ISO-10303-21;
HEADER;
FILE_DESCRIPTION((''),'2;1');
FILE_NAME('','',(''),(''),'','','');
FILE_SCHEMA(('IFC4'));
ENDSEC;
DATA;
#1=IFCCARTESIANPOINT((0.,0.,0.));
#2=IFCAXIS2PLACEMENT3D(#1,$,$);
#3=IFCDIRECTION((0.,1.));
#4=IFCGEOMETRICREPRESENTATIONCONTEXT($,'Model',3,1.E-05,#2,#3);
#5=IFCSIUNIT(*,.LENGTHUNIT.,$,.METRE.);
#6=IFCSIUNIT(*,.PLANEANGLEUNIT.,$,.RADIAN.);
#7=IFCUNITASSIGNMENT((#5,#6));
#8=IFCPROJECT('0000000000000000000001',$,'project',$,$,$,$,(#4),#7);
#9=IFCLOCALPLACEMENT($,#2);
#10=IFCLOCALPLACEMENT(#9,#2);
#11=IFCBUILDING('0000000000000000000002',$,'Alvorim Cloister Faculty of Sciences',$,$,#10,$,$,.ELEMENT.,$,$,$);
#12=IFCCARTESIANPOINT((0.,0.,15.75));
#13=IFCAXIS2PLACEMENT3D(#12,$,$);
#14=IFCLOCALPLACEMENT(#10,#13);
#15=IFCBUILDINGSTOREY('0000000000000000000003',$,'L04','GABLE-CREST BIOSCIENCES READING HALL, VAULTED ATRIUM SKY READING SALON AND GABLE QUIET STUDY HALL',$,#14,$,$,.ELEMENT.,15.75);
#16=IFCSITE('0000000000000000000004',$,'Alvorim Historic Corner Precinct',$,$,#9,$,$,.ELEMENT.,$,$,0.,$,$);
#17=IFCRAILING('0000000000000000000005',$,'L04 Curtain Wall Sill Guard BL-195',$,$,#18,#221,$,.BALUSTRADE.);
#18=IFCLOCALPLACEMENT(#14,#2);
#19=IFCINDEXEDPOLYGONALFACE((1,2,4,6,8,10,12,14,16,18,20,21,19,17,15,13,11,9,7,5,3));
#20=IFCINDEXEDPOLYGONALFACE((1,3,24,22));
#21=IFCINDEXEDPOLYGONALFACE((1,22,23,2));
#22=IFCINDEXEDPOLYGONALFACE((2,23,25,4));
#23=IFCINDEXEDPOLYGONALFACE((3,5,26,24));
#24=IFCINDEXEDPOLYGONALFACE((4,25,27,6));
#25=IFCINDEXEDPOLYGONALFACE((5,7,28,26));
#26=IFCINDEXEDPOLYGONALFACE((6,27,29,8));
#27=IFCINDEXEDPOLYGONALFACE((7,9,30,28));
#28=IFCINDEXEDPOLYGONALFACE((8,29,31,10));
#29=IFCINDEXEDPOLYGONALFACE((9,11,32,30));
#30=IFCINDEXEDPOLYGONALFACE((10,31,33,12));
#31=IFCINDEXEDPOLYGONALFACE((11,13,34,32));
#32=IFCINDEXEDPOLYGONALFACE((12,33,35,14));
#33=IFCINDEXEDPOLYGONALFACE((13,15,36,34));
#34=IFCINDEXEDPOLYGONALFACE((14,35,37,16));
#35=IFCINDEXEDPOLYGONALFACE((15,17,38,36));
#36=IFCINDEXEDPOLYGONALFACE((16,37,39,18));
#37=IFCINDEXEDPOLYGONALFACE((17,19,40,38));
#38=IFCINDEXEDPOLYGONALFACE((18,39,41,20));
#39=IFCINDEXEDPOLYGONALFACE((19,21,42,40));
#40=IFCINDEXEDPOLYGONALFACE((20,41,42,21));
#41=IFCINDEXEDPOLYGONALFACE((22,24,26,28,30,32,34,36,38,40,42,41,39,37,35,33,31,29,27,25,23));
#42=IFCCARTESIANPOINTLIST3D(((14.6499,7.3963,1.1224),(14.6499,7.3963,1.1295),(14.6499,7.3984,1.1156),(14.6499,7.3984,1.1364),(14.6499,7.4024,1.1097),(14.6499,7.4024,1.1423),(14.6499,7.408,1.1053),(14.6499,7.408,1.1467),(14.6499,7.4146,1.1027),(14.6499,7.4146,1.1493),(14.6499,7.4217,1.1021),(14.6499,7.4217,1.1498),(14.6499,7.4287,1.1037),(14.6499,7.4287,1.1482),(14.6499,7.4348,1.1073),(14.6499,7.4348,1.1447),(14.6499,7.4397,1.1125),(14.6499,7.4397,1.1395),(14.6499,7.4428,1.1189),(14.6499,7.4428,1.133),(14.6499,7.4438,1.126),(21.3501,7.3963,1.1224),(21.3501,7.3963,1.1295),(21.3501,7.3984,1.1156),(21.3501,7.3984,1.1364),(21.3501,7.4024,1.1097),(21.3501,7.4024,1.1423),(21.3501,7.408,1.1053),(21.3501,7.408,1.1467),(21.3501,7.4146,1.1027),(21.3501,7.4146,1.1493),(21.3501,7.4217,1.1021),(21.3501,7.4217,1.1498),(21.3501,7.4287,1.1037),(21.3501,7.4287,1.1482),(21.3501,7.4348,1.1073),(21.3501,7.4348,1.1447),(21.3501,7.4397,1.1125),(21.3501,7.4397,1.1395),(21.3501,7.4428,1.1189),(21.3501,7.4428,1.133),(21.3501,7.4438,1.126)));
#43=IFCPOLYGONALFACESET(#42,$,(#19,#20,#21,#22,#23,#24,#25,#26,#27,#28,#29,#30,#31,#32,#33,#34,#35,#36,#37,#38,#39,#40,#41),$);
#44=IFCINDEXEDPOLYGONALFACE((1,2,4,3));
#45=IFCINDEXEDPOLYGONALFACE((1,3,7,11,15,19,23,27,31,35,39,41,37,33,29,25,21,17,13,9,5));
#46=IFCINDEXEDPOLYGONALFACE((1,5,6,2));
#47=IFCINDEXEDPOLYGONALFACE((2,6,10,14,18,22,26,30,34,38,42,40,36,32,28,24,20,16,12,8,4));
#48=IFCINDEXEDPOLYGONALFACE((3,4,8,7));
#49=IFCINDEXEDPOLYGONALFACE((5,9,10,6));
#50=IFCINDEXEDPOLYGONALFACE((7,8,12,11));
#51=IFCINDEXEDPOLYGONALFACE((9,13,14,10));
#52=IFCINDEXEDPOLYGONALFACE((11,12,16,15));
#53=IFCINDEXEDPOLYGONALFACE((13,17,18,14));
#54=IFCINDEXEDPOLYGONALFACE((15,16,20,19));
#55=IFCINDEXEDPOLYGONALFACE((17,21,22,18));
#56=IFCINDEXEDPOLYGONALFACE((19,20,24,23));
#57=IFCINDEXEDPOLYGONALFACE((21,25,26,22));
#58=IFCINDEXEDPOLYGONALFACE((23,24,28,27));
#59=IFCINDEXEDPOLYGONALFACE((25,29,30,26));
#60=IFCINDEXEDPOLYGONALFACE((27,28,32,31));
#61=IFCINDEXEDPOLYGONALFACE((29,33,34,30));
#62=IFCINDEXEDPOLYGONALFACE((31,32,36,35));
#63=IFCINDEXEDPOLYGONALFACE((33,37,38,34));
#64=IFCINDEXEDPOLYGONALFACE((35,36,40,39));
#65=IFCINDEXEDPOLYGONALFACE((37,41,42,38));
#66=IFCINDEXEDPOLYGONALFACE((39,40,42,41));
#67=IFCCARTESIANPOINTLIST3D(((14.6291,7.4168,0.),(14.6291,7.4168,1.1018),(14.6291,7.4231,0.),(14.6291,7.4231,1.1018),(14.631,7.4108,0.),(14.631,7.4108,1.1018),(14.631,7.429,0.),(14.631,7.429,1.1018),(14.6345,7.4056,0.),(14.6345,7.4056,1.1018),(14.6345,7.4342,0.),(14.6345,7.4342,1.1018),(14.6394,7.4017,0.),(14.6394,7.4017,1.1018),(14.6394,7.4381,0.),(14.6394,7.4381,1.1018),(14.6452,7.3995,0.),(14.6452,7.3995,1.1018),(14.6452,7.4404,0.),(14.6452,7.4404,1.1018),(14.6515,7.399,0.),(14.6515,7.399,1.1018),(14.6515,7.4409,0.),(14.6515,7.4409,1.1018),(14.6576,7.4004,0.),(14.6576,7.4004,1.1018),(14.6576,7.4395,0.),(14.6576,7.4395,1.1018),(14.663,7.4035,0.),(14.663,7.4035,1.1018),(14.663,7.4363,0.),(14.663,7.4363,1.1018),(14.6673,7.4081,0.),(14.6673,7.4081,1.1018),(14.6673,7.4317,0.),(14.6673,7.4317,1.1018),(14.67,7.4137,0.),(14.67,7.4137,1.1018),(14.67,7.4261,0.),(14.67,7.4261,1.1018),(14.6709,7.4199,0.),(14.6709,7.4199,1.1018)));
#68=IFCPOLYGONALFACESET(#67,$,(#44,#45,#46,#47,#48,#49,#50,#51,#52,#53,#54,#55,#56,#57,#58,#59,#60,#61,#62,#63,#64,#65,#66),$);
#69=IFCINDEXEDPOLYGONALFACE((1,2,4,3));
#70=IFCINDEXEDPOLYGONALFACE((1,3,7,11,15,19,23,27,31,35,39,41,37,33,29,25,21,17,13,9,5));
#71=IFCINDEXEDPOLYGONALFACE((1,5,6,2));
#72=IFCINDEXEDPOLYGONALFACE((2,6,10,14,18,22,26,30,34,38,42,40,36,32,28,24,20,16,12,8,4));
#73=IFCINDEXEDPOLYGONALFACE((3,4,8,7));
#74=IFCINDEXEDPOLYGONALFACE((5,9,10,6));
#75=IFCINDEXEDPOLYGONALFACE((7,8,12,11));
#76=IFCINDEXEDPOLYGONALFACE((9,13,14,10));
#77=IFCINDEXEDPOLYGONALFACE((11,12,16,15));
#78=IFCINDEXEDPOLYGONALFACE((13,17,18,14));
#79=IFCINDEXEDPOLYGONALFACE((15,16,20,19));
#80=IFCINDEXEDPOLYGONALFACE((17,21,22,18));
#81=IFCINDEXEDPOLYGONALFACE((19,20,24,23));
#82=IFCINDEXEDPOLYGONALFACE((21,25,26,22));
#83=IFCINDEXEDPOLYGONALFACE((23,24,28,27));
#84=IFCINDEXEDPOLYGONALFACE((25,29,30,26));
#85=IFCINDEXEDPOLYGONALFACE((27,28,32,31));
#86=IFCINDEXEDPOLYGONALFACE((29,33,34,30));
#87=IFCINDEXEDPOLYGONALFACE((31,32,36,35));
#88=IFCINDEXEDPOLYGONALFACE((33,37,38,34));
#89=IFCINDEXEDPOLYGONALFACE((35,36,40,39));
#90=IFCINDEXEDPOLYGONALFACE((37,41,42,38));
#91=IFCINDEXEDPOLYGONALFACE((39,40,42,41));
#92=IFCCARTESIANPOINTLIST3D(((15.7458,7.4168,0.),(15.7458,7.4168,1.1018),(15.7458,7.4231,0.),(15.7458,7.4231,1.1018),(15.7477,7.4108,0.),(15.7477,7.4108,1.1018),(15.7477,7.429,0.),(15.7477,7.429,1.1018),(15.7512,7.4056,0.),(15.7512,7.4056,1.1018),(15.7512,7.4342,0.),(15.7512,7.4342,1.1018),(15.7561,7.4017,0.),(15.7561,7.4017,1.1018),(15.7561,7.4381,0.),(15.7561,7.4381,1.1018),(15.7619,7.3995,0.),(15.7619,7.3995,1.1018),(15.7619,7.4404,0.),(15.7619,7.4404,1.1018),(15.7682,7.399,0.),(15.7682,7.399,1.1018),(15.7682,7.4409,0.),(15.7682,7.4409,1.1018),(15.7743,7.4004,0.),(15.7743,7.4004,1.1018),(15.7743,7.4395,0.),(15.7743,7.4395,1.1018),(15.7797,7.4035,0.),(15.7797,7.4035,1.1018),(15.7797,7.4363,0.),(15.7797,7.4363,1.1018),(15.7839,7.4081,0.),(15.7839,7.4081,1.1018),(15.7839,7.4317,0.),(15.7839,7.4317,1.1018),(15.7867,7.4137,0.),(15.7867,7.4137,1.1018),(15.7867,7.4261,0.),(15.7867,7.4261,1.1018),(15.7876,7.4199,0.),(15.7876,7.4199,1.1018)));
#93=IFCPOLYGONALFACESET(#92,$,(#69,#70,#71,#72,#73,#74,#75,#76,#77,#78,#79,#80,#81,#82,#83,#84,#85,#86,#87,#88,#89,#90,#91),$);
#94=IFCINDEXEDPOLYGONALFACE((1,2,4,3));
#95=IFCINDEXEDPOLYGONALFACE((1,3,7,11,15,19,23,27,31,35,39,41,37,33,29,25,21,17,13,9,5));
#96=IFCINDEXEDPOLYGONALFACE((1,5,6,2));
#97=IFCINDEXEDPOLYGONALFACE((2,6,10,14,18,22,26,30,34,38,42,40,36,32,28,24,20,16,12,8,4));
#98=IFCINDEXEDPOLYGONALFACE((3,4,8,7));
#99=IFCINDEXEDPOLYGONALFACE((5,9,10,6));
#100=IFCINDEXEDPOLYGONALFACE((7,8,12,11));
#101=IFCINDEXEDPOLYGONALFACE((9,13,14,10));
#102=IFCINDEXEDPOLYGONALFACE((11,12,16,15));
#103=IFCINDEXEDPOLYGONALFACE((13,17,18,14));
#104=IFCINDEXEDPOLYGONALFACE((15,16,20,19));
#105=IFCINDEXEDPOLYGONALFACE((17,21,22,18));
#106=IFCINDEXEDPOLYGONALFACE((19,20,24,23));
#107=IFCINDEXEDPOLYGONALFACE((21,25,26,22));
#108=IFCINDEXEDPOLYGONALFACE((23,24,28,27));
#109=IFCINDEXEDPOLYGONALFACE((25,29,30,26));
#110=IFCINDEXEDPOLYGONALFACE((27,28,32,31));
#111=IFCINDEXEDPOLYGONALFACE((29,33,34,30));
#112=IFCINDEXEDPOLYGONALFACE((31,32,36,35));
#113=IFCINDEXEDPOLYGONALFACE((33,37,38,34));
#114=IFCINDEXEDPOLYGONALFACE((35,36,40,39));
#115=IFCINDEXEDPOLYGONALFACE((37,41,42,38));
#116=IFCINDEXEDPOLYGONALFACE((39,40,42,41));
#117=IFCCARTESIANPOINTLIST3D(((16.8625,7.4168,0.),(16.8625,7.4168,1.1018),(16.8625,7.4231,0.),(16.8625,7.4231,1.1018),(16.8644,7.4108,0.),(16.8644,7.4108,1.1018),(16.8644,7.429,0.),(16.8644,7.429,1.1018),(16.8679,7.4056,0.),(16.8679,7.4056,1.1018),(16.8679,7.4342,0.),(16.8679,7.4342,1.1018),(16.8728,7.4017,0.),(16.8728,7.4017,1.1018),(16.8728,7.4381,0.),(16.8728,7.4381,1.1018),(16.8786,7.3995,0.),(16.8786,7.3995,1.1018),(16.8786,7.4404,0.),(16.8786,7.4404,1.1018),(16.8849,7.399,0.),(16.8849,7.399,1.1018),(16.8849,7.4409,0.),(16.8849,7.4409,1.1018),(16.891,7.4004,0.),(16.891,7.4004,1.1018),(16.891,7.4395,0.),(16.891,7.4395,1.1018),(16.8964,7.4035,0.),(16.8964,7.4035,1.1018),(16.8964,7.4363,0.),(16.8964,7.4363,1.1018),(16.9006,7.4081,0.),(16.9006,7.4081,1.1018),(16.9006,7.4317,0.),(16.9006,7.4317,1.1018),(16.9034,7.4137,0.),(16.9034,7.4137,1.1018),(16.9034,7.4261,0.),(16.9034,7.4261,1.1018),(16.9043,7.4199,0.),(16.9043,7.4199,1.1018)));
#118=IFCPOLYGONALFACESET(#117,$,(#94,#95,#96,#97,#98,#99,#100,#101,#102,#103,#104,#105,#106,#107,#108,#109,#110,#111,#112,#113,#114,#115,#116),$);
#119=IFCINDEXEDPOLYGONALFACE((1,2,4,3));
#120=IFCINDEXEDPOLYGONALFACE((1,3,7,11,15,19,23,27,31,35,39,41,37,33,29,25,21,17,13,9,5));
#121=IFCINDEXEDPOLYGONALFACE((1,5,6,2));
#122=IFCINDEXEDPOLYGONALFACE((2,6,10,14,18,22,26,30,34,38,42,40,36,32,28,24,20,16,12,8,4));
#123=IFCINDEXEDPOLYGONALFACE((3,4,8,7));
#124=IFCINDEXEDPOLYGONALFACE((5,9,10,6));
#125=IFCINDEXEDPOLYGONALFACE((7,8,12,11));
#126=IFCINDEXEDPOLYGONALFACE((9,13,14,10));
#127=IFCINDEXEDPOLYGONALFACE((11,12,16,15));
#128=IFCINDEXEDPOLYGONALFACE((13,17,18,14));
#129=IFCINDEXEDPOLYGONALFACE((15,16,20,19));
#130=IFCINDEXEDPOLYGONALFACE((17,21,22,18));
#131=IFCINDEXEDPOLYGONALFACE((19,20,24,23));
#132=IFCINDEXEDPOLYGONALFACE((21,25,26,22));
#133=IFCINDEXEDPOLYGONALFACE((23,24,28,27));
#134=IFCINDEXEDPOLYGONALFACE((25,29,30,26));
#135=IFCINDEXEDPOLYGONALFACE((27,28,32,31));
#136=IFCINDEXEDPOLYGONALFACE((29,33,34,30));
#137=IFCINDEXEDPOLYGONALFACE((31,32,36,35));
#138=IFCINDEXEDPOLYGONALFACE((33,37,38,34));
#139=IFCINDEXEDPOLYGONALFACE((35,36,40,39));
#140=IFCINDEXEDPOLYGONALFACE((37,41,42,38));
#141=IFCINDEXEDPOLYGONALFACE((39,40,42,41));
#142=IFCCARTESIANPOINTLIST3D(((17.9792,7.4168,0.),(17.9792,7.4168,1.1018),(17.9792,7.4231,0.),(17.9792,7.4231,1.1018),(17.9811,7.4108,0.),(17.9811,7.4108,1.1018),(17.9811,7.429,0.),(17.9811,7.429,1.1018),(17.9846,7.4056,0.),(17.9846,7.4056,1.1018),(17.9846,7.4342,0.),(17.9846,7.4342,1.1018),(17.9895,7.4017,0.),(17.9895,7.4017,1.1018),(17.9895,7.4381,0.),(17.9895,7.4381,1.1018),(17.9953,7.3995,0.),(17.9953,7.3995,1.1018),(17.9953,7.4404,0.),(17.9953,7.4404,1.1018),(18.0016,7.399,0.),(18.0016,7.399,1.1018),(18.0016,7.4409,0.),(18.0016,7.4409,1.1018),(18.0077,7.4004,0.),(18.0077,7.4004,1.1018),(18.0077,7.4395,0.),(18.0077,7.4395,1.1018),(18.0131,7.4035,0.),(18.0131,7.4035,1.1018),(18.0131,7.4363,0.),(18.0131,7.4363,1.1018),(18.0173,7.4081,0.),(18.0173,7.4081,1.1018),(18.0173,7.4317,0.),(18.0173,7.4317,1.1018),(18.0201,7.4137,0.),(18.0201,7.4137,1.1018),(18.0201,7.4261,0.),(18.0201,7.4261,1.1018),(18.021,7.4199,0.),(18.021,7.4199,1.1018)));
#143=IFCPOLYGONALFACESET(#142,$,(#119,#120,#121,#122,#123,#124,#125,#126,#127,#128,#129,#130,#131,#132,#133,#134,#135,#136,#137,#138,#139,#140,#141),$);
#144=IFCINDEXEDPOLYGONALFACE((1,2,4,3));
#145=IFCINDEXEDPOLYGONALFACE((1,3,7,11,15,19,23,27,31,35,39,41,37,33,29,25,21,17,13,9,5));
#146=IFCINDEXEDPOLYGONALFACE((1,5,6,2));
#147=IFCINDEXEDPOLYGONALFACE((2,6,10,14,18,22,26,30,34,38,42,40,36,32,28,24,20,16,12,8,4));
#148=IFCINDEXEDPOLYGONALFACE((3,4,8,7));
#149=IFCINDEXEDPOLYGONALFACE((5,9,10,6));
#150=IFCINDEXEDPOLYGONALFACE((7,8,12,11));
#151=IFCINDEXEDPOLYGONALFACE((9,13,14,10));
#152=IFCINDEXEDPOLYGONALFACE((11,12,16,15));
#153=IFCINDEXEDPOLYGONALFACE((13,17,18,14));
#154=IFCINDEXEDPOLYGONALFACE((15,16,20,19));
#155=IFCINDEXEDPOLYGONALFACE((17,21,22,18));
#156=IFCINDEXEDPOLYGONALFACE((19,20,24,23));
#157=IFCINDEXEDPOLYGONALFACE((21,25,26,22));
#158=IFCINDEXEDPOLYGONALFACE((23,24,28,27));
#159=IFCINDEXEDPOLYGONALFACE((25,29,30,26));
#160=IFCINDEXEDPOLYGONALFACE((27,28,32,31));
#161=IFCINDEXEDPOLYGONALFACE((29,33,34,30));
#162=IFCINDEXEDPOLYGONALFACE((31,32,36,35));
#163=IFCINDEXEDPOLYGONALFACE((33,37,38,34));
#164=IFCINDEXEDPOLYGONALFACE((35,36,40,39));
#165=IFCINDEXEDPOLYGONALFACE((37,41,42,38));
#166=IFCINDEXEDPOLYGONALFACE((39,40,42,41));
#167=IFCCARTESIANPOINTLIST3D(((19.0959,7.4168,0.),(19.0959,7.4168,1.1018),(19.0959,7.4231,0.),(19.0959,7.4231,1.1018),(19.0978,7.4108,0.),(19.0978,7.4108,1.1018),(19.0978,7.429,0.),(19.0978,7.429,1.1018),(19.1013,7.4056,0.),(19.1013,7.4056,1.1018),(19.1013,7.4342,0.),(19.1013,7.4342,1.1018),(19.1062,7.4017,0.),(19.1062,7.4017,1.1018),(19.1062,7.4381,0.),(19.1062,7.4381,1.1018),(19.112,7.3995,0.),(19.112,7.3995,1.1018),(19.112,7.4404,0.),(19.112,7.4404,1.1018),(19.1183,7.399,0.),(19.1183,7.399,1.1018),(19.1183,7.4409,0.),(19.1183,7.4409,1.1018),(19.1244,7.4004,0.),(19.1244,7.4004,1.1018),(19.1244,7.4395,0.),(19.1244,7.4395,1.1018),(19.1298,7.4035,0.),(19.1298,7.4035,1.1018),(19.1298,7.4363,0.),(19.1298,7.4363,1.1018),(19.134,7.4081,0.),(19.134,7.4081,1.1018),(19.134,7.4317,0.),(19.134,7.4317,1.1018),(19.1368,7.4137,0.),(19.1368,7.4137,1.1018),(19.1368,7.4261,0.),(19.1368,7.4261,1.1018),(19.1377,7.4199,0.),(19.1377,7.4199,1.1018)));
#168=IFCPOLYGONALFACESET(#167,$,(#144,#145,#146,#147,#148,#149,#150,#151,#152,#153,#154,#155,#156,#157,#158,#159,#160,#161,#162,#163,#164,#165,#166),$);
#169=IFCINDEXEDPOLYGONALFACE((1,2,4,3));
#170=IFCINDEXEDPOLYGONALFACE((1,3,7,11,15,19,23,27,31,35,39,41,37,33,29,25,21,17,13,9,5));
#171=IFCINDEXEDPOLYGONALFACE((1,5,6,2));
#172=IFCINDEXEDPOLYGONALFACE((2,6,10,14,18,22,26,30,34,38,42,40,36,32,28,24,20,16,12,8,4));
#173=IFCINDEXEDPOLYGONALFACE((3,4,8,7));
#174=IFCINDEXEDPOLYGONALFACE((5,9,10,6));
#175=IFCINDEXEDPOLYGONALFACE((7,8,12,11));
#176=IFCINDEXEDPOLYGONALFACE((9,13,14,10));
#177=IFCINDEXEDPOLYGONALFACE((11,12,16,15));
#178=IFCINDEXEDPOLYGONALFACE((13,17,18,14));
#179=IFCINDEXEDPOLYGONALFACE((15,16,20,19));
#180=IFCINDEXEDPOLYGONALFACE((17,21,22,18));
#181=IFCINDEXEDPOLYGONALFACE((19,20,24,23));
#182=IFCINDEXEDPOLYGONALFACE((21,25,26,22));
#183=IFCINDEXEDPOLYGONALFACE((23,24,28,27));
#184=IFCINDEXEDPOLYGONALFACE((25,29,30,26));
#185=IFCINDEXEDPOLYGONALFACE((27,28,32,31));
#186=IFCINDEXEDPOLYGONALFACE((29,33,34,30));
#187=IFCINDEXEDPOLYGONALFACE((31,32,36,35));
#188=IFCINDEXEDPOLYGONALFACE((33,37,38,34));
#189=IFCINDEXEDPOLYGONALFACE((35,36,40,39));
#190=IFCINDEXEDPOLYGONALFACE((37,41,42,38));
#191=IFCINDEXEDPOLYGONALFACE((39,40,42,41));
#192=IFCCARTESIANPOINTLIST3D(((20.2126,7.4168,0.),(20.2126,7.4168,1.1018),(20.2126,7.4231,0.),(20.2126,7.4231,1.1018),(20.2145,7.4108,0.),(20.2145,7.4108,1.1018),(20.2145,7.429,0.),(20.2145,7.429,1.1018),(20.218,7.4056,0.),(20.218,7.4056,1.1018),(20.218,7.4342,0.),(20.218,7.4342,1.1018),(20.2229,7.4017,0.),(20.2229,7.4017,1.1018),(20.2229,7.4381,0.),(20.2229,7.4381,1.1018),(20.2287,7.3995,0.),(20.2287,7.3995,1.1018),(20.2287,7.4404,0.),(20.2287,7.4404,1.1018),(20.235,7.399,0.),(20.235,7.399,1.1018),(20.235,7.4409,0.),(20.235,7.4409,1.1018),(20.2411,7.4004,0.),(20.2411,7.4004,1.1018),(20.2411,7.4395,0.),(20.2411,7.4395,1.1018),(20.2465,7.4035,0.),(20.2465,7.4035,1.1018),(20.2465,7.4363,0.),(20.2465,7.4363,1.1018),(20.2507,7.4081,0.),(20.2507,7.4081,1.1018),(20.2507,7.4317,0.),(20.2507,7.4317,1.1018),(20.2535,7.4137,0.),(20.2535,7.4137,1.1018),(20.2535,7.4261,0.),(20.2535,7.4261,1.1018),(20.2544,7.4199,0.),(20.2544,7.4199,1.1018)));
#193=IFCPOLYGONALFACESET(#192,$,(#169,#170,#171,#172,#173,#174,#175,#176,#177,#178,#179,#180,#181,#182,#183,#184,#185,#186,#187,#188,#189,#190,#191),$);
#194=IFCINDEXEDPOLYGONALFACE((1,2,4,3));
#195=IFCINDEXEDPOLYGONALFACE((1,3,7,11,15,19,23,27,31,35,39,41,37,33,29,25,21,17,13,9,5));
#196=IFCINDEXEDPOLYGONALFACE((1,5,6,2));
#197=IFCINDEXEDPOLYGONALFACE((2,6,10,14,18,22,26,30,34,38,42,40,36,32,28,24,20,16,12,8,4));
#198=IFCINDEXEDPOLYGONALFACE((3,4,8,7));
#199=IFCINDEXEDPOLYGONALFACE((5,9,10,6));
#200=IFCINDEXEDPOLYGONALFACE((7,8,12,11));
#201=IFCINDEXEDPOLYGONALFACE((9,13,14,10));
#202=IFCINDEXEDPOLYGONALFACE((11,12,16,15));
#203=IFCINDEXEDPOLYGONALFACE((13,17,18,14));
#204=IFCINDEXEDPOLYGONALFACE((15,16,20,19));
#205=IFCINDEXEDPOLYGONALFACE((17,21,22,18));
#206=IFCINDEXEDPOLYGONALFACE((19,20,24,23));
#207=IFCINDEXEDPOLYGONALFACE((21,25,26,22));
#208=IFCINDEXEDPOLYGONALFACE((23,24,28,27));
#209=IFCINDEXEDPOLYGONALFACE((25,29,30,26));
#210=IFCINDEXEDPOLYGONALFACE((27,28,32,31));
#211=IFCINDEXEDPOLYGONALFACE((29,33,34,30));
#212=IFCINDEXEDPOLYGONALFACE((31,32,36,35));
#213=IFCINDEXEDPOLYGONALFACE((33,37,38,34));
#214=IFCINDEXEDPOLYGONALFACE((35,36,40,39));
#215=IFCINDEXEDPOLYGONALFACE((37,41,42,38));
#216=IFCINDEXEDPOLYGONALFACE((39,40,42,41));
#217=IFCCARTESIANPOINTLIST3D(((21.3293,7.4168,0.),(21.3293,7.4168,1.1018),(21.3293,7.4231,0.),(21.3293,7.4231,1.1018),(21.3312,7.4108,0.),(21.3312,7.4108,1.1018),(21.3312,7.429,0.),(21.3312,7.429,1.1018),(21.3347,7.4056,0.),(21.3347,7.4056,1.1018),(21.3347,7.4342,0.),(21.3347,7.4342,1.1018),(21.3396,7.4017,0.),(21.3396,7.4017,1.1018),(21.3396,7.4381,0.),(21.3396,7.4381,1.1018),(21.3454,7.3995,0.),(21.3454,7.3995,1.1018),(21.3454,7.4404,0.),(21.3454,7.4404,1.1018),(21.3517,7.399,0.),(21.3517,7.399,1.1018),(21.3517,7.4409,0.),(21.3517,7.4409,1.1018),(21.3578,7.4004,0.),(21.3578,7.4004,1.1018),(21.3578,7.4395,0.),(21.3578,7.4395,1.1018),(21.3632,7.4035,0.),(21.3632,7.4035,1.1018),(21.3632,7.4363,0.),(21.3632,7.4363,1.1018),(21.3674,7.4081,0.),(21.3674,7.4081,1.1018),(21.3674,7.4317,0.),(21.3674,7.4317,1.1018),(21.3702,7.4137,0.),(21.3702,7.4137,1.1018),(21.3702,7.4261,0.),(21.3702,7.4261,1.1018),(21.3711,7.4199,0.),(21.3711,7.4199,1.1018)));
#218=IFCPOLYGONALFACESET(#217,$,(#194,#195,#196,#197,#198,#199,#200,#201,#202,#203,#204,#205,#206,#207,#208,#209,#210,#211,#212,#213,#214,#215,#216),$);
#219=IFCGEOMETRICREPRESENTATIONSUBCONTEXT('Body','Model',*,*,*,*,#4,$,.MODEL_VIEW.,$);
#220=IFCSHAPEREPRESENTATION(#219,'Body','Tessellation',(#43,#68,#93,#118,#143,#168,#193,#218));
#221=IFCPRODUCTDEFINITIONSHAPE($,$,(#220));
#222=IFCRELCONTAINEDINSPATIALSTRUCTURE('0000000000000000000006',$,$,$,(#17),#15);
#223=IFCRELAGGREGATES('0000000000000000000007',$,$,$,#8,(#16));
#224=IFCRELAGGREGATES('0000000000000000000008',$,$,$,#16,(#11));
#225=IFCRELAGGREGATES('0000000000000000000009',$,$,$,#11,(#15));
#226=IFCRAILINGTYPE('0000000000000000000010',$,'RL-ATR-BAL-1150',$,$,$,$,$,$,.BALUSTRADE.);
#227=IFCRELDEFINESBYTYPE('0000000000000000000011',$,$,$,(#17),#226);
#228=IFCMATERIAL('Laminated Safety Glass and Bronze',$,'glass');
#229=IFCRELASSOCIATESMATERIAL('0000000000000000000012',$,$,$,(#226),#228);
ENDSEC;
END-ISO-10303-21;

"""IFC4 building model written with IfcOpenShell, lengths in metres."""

from ifc_helpers import new_model, si_unit, direction, frame, origin, origin_2d, place, context, subcontext, project, spatial, circle, extrude, material, type_object, element, save


model = new_model("IFC4")

# Units and contexts
model_context = context("Model", 3, precision=1e-05, world=origin(), true_north=direction((0.0, 1.0)))
body_context = subcontext(model_context, "Body", "Model", "MODEL_VIEW")
ifc_project = project(units=[si_unit("LENGTHUNIT", "METRE"), si_unit("PLANEANGLEUNIT", "RADIAN")], contexts=[model_context])

# Site, building, storey
site_placement = place(None, origin())
site = spatial("IfcSite", under=ifc_project, at=site_placement, Name="Alvorim Historic Corner Precinct", CompositionType="ELEMENT", RefElevation=0.0)
building_placement = place(site_placement, origin())
building = spatial("IfcBuilding", under=site, at=building_placement, Name="Alvorim Cloister Faculty of Sciences", CompositionType="ELEMENT")
storey_placement = place(building_placement, frame((0.0, 0.0, 15.75)))
storey = spatial("IfcBuildingStorey", under=building, at=storey_placement, Name="L04", Description="GABLE-CREST BIOSCIENCES READING HALL, VAULTED ATRIUM SKY READING SALON AND GABLE QUIET STUDY HALL", CompositionType="ELEMENT", Elevation=15.75)

# Railing
ifc_material_1 = material(Name="Laminated Safety Glass and Bronze", Category="glass")
railing_type_1 = type_object("IfcRailingType", Name="RL-ATR-BAL-1150", PredefinedType="BALUSTRADE", material=ifc_material_1)
railing_1_placement = place(storey_placement, frame((14.6499, 7.4199, 0.0)))
element("IfcRailing", 1, at=railing_1_placement, inside=storey, type_object=railing_type_1, Name="L04 Curtain Wall Sill Guard BL-195", PredefinedType="BALUSTRADE", context=body_context, shape_type="SweptSolid", body=[
    extrude(circle(Radius=0.0239, at=origin_2d()), frame((0.0, 0.0, 1.126), z_axis=(1.0, 0.0, 0.0), x_axis=(0.0, 1.0, 0.0)), (0.0, 0.0, 1.0), 6.7002),
    extrude(circle(Radius=0.021, at=origin_2d()), origin(), (0.0, 0.0, 1.0), 1.1018),
    extrude(circle(Radius=0.021, at=origin_2d()), frame((1.1167, 0.0, 0.0)), (0.0, 0.0, 1.0), 1.1018),
    extrude(circle(Radius=0.021, at=origin_2d()), frame((2.2334, 0.0, 0.0)), (0.0, 0.0, 1.0), 1.1018),
    extrude(circle(Radius=0.021, at=origin_2d()), frame((3.3501, 0.0, 0.0)), (0.0, 0.0, 1.0), 1.1018),
    extrude(circle(Radius=0.021, at=origin_2d()), frame((4.4668, 0.0, 0.0)), (0.0, 0.0, 1.0), 1.1018),
    extrude(circle(Radius=0.021, at=origin_2d()), frame((5.5835, 0.0, 0.0)), (0.0, 0.0, 1.0), 1.1018),
    extrude(circle(Radius=0.021, at=origin_2d()), frame((6.7002, 0.0, 0.0)), (0.0, 0.0, 1.0), 1.1018),
])

save(model, "model.ifc")
